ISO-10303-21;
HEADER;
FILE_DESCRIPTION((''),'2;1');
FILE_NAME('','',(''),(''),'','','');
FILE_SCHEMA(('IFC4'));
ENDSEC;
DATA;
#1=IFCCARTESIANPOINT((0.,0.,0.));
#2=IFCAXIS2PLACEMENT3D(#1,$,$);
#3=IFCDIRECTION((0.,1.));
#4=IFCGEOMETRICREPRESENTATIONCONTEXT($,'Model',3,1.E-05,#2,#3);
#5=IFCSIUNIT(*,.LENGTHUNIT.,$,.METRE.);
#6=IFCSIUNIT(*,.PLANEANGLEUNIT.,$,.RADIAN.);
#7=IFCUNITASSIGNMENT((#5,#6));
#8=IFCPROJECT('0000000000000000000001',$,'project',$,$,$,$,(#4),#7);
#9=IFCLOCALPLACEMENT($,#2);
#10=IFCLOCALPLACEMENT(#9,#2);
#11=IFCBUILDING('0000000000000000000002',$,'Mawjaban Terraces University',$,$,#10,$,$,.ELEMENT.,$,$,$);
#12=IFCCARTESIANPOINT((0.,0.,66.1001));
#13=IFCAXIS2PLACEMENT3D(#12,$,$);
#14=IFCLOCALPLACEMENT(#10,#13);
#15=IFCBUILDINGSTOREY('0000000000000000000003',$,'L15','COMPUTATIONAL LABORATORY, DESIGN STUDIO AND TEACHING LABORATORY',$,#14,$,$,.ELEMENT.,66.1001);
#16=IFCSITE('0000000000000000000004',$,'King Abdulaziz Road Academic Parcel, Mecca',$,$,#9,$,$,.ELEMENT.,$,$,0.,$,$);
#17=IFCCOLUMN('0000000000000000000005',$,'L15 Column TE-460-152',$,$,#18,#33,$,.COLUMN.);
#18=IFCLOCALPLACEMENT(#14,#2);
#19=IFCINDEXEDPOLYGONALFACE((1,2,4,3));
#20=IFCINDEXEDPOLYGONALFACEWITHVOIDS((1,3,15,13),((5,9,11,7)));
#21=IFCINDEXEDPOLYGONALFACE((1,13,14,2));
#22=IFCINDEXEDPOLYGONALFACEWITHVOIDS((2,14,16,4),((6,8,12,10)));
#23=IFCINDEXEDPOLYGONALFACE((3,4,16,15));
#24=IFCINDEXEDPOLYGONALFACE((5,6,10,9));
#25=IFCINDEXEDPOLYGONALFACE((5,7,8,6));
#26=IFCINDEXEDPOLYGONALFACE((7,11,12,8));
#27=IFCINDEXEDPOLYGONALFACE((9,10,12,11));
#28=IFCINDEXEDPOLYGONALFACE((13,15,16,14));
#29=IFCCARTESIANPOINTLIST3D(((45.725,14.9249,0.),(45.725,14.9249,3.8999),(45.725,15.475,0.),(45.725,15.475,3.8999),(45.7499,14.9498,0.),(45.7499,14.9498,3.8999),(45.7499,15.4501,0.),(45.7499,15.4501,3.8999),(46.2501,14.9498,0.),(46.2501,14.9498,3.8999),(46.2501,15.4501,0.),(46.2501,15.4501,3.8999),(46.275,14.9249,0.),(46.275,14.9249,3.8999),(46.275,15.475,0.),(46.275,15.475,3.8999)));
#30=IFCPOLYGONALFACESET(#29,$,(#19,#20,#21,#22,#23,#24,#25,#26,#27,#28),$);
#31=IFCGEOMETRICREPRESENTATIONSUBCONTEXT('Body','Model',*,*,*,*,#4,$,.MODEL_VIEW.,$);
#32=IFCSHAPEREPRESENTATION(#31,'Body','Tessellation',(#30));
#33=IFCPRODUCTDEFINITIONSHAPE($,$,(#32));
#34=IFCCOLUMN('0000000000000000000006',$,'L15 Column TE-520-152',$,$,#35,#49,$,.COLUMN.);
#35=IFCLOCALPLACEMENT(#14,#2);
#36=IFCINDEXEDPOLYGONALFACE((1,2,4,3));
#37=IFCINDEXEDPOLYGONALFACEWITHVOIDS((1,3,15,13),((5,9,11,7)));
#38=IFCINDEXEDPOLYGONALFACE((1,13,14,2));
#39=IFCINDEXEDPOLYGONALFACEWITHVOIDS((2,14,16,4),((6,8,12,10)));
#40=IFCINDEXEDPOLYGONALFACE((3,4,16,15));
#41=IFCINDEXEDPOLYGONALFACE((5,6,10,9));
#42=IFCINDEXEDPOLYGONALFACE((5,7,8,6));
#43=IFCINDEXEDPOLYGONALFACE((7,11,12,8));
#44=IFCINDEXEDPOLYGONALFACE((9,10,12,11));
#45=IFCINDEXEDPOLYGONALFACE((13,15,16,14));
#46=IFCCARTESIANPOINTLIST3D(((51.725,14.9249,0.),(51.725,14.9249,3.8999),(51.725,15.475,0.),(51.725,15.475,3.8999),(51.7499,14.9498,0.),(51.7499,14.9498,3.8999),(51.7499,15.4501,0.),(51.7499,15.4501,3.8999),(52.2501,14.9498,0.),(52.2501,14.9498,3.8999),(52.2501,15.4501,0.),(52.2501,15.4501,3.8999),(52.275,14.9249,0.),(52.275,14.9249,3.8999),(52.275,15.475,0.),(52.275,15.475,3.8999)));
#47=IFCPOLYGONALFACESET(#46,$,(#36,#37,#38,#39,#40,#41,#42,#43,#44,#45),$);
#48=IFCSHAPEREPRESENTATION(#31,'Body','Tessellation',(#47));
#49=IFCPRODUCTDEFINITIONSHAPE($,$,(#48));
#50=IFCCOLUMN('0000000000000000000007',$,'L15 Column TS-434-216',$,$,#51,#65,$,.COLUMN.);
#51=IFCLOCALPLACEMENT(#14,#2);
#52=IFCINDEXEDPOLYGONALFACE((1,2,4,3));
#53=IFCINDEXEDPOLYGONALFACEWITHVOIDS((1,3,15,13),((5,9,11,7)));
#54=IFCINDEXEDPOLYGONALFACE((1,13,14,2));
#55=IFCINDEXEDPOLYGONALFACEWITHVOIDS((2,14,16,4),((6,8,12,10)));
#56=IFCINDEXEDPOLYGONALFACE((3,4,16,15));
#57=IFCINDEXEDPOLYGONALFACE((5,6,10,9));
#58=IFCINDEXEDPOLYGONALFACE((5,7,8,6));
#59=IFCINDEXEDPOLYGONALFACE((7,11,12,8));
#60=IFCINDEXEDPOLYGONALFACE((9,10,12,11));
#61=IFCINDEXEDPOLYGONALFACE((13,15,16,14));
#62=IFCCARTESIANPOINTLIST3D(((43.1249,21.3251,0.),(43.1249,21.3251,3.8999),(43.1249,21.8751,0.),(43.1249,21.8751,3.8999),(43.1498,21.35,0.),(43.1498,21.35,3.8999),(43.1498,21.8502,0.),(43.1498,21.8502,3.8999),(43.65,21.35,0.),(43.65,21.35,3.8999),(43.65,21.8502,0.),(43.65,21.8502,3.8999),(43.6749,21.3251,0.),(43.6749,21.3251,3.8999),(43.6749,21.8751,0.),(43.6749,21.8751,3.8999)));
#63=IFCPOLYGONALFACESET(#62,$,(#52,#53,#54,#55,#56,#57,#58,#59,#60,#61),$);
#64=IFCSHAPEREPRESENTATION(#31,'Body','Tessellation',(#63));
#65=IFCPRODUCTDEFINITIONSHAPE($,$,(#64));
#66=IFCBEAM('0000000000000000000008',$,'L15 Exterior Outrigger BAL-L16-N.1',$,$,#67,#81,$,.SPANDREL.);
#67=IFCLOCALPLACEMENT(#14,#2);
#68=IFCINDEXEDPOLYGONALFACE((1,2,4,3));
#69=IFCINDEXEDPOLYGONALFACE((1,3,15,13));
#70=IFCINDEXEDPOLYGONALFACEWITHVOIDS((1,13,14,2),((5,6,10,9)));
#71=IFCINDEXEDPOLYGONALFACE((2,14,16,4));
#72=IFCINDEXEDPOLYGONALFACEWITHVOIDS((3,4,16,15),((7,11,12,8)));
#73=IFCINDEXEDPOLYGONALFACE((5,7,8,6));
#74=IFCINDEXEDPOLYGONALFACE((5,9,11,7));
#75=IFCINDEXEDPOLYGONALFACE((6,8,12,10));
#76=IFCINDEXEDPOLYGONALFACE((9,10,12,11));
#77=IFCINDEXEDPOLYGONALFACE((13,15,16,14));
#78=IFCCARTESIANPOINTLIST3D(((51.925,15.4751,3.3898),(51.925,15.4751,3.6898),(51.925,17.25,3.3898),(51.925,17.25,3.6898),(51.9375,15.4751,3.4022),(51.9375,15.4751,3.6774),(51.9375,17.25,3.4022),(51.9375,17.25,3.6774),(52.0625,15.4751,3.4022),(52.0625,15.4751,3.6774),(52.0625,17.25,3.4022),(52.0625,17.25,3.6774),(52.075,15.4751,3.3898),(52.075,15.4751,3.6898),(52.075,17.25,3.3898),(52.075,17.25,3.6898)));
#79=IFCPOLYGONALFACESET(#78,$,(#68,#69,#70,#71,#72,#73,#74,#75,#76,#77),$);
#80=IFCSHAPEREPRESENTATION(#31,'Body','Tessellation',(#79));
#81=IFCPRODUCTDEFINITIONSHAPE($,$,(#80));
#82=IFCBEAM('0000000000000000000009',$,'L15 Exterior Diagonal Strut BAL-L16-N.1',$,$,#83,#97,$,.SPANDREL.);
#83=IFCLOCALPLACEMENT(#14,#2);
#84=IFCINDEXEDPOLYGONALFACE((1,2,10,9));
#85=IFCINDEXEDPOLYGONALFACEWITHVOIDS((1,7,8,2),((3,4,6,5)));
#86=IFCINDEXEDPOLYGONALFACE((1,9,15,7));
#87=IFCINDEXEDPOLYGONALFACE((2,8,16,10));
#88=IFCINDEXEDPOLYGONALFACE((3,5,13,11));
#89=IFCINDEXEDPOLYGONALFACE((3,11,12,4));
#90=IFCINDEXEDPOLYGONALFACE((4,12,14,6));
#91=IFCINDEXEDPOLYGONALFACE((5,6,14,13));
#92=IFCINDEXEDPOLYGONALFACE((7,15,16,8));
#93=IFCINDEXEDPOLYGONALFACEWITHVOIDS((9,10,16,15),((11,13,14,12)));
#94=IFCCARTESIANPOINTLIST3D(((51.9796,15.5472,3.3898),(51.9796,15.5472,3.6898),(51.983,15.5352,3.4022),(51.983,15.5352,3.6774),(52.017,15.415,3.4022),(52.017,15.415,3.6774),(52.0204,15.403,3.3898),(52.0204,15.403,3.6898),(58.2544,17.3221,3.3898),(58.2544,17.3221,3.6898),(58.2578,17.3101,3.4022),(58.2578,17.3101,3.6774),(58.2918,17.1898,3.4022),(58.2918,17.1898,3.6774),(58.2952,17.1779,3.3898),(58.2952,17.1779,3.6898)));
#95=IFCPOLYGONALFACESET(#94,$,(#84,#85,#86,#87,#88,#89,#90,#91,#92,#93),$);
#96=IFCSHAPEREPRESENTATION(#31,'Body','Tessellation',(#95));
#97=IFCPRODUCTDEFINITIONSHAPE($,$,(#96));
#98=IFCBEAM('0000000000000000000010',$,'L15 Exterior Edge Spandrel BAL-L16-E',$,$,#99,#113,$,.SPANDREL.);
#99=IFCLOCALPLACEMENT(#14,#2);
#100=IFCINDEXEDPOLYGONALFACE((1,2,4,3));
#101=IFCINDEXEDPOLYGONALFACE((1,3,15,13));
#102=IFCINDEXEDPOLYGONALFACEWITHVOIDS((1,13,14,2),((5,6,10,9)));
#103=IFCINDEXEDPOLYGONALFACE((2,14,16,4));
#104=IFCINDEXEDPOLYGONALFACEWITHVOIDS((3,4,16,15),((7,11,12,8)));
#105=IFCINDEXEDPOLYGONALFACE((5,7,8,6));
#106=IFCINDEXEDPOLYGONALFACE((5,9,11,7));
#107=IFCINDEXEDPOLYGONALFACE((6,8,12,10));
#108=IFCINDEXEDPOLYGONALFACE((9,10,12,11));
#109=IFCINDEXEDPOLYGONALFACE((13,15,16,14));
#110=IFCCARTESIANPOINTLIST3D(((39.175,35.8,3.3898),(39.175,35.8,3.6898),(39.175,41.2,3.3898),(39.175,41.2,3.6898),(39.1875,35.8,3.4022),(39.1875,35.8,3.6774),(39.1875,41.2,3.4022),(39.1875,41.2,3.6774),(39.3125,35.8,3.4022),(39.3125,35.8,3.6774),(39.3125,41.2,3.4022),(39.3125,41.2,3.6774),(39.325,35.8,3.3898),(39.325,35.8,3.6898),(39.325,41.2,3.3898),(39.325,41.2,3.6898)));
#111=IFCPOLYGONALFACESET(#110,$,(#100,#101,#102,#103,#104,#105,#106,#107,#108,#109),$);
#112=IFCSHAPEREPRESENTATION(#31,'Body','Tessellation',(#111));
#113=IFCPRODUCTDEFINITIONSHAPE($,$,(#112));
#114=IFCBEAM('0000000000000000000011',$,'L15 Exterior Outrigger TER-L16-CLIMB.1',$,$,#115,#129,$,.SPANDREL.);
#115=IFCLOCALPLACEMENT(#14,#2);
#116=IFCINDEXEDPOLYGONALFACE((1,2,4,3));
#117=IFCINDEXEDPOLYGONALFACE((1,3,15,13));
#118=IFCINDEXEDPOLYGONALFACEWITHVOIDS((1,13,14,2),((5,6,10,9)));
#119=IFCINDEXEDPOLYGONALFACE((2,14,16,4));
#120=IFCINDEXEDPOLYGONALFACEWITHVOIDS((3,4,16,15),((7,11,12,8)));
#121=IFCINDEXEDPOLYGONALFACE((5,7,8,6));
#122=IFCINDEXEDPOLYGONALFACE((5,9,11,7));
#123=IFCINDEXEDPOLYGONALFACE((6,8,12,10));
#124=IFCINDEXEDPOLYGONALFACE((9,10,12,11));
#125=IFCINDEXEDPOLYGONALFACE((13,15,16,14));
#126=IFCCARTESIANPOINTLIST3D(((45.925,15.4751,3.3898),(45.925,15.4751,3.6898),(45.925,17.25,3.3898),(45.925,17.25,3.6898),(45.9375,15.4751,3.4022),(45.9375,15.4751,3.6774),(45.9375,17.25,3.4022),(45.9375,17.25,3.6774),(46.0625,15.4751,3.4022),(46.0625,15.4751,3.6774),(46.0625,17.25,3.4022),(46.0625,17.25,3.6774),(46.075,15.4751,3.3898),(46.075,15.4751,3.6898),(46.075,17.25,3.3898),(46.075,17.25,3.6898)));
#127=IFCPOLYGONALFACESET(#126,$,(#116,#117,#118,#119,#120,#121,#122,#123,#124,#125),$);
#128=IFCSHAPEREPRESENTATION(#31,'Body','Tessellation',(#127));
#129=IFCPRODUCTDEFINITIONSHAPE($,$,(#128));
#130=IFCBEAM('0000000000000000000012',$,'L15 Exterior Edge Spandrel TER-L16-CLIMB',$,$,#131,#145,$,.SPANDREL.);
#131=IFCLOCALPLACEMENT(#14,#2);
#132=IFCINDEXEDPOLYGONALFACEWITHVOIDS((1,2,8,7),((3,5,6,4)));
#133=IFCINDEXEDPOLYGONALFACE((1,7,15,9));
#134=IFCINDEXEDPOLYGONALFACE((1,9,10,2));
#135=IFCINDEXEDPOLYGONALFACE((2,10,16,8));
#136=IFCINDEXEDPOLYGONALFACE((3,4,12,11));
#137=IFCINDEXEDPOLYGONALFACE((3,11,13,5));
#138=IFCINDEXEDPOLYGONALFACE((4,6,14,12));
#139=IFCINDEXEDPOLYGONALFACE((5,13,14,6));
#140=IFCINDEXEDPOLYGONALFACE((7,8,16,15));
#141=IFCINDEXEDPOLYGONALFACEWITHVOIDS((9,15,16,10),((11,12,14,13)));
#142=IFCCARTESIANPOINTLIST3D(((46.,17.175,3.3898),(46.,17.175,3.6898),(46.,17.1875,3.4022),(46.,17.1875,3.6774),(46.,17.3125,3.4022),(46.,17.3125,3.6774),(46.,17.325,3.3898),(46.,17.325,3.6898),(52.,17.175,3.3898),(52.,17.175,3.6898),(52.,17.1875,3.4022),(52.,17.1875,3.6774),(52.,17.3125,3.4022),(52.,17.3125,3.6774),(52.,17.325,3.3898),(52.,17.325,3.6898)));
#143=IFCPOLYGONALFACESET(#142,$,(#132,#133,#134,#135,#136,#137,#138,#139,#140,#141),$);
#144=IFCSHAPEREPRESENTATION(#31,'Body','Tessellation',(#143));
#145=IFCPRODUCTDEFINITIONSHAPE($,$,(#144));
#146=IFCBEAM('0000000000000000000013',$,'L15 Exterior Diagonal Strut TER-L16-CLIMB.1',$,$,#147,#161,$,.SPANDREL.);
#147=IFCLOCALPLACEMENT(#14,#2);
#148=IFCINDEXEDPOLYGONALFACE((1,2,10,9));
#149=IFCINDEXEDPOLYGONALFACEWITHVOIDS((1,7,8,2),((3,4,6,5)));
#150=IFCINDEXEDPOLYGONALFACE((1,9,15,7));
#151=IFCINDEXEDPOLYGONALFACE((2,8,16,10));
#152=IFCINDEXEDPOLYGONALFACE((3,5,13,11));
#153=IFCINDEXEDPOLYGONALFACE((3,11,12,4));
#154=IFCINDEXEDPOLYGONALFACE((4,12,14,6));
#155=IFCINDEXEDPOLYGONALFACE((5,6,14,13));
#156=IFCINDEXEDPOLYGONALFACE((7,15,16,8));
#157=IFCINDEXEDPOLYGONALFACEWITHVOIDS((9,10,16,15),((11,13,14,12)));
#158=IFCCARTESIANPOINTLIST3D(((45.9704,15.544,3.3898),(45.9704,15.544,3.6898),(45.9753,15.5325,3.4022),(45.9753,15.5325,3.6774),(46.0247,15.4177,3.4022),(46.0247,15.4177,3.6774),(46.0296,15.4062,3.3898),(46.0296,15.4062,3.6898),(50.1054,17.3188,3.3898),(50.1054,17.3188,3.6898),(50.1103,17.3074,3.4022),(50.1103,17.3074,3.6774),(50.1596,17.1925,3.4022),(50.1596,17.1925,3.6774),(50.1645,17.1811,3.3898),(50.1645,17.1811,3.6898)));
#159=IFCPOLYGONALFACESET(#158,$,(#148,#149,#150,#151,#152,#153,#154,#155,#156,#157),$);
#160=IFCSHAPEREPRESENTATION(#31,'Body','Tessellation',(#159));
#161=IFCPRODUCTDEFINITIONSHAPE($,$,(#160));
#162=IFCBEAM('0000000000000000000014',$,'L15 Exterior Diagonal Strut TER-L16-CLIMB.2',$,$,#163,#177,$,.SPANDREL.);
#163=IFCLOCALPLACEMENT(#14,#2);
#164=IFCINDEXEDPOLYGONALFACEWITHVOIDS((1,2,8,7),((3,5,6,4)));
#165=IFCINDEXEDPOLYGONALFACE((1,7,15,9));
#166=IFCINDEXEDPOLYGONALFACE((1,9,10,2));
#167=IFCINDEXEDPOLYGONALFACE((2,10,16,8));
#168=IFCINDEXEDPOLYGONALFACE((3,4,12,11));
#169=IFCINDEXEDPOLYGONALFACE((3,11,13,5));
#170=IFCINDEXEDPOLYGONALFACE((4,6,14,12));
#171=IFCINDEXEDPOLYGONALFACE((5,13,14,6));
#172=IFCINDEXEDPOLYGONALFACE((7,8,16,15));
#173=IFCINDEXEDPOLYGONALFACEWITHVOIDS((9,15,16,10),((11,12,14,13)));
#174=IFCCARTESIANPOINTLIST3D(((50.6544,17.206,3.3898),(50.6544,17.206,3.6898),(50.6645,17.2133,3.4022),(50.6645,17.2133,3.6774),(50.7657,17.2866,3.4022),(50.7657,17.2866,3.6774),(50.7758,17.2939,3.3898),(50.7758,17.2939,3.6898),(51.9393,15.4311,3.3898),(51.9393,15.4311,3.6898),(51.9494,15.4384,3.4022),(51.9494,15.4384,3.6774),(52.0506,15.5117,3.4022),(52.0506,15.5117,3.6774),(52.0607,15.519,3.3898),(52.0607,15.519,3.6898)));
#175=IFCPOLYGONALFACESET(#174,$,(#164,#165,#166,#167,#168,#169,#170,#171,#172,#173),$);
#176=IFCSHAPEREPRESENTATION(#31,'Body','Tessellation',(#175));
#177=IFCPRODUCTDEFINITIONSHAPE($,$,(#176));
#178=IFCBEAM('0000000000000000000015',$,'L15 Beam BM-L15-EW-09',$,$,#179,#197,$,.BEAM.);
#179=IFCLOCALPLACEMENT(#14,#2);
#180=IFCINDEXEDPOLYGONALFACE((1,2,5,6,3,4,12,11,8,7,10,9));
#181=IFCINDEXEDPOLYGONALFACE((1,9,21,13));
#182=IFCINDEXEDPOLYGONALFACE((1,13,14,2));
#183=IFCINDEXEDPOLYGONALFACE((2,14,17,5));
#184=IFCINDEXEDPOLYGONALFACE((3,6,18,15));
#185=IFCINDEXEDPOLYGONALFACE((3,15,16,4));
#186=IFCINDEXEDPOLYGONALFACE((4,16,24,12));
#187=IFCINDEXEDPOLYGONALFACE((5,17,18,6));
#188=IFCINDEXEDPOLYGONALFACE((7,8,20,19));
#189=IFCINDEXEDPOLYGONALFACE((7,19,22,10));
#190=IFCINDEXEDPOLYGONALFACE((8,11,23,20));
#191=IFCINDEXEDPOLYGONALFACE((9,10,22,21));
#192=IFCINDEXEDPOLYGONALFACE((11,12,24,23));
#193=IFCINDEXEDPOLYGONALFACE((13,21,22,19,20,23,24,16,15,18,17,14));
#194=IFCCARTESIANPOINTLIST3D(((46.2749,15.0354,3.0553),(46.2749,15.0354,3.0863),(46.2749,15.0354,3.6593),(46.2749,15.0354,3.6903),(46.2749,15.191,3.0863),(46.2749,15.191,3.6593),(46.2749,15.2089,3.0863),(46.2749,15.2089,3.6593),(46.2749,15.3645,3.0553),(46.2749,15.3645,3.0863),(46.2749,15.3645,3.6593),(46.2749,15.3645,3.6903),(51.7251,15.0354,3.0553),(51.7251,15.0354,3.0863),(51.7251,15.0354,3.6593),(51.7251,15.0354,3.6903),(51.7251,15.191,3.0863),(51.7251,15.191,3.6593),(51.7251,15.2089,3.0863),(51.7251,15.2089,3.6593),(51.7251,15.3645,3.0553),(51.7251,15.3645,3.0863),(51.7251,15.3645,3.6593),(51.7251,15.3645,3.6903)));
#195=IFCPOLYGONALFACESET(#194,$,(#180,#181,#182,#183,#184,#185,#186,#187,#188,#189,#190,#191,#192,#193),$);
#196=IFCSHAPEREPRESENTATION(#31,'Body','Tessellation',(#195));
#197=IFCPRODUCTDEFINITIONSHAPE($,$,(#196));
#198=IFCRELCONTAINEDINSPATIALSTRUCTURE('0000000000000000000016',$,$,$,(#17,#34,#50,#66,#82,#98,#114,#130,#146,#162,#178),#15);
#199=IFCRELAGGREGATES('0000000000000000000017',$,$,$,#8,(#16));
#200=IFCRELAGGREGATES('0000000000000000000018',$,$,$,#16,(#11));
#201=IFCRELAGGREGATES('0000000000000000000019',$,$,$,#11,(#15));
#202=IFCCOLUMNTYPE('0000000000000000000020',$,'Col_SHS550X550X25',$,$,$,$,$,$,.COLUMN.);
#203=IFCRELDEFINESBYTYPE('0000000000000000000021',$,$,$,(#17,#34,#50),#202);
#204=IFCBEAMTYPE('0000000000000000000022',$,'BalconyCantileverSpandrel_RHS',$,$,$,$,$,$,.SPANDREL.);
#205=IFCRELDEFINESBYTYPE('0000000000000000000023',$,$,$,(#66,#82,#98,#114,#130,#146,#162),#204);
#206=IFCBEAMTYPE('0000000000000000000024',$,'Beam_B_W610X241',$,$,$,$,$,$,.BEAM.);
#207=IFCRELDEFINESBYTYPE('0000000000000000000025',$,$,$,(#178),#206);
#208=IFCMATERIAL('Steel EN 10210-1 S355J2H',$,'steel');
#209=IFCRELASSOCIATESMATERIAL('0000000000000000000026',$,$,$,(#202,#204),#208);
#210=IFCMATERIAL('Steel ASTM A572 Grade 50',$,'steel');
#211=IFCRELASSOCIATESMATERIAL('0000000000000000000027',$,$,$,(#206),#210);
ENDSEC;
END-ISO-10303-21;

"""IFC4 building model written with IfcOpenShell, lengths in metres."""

from ifc_helpers import new_model, si_unit, direction, frame, origin, origin_2d, place, context, subcontext, project, spatial, hollow_rectangle, i_section, extrude, material, material_profile, profile_set, type_object, element, save


model = new_model("IFC4")

# Units and contexts
model_context = context("Model", 3, precision=1e-05, world=origin(), true_north=direction((0.0, 1.0)))
body_context = subcontext(model_context, "Body", "Model", "MODEL_VIEW")
ifc_project = project(units=[si_unit("LENGTHUNIT", "METRE"), si_unit("PLANEANGLEUNIT", "RADIAN")], contexts=[model_context])

# Site, building, storey
site_placement = place(None, origin())
site = spatial("IfcSite", under=ifc_project, at=site_placement, Name="King Abdulaziz Road Academic Parcel, Mecca", CompositionType="ELEMENT", RefElevation=0.0)
building_placement = place(site_placement, origin())
building = spatial("IfcBuilding", under=site, at=building_placement, Name="Mawjaban Terraces University", CompositionType="ELEMENT")
storey_placement = place(building_placement, frame((0.0, 0.0, 66.1001)))
storey = spatial("IfcBuildingStorey", under=building, at=storey_placement, Name="L15", Description="COMPUTATIONAL LABORATORY, DESIGN STUDIO AND TEACHING LABORATORY", CompositionType="ELEMENT", Elevation=66.1001)

# Columns
ifc_material_1 = material(Name="Steel EN 10210-1 S355J2H", Category="steel")
ifc_material_profile_1 = material_profile(ifc_material_1, hollow_rectangle(XDim=0.55, YDim=0.55, WallThickness=0.0249, at=origin_2d()), Name="SHS550X550X25")
ifc_profile_set_1 = profile_set([ifc_material_profile_1], Name="Steel EN 10210-1 S355J2H")
column_type = type_object("IfcColumnType", Name="Col_SHS550X550X25", PredefinedType="COLUMN", material=ifc_profile_set_1)
for number, where, z_axis, x_axis, name in (
    (1, (46.0, 15.2, 0.0), (0.0, 0.0, 1.0), (1.0, 0.0, 0.0), "L15 Column TE-460-152"),
    (2, (52.0, 15.2, 0.0), (0.0, 0.0, 1.0), (1.0, 0.0, 0.0), "L15 Column TE-520-152"),
    (3, (43.3999, 21.6001, 0.0), (0.0, 0.0, 1.0), (1.0, 0.0, 0.0), "L15 Column TS-434-216"),
):
    element("IfcColumn", number, at=place(storey_placement, frame(where, z_axis=z_axis, x_axis=x_axis)), inside=storey, type_object=column_type, Name=name, PredefinedType="COLUMN", context=body_context, shape_type="SweptSolid", body=[
        extrude(hollow_rectangle(XDim=0.55, YDim=0.55, WallThickness=0.0249, at=origin_2d()), origin(), (0.0, 0.0, 1.0), 3.8999),
    ])

# Beams
ifc_material_profile_2 = material_profile(ifc_material_1, hollow_rectangle(XDim=0.1499, YDim=0.3, WallThickness=0.0125, at=origin_2d()), Name="RHS300X150X12.5")
ifc_profile_set_2 = profile_set([ifc_material_profile_2], Name="Steel EN 10210-1 S355J2H")
beam_type_1 = type_object("IfcBeamType", Name="BalconyCantileverSpandrel_RHS", PredefinedType="SPANDREL", material=ifc_profile_set_2)
beam_1_placement = place(storey_placement, frame((52.0, 15.4751, 3.5398), z_axis=(0.0, 1.0, 0.0), x_axis=(-1.0, 0.0, 0.0)))
element("IfcBeam", 4, at=beam_1_placement, inside=storey, type_object=beam_type_1, Name="L15 Exterior Outrigger BAL-L16-N.1", PredefinedType="SPANDREL", context=body_context, shape_type="SweptSolid", body=[
    extrude(hollow_rectangle(XDim=0.1499, YDim=0.3, WallThickness=0.0125, at=origin_2d()), origin(), (0.0, 0.0, 1.0), 1.7749),
])
beam_2_placement = place(storey_placement, frame((52.0, 15.4751, 3.5398), z_axis=(0.962247, 0.272179, 0.0), x_axis=(-0.272179, 0.962247, 0.0)))
element("IfcBeam", 5, at=beam_2_placement, inside=storey, type_object=beam_type_1, Name="L15 Exterior Diagonal Strut BAL-L16-N.1", PredefinedType="SPANDREL", context=body_context, shape_type="SweptSolid", body=[
    extrude(hollow_rectangle(XDim=0.1499, YDim=0.3, WallThickness=0.0125, at=origin_2d()), origin(), (0.0, 0.0, 1.0), 6.521),
])
beam_3_placement = place(storey_placement, frame((39.25, 35.8, 3.5398), z_axis=(0.0, 1.0, 0.0), x_axis=(-1.0, 0.0, 0.0)))
element("IfcBeam", 6, at=beam_3_placement, inside=storey, type_object=beam_type_1, Name="L15 Exterior Edge Spandrel BAL-L16-E", PredefinedType="SPANDREL", context=body_context, shape_type="SweptSolid", body=[
    extrude(hollow_rectangle(XDim=0.1499, YDim=0.3, WallThickness=0.0125, at=origin_2d()), origin(), (0.0, 0.0, 1.0), 5.3999),
])
beam_4_placement = place(storey_placement, frame((46.0, 15.4751, 3.5398), z_axis=(0.0, 1.0, 0.0), x_axis=(-1.0, 0.0, 0.0)))
element("IfcBeam", 7, at=beam_4_placement, inside=storey, type_object=beam_type_1, Name="L15 Exterior Outrigger TER-L16-CLIMB.1", PredefinedType="SPANDREL", context=body_context, shape_type="SweptSolid", body=[
    extrude(hollow_rectangle(XDim=0.1499, YDim=0.3, WallThickness=0.0125, at=origin_2d()), origin(), (0.0, 0.0, 1.0), 1.7749),
])
beam_5_placement = place(storey_placement, frame((46.0, 17.25, 3.5398), z_axis=(1.0, 0.0, 0.0), x_axis=(0.0, 1.0, 0.0)))
element("IfcBeam", 8, at=beam_5_placement, inside=storey, type_object=beam_type_1, Name="L15 Exterior Edge Spandrel TER-L16-CLIMB", PredefinedType="SPANDREL", context=body_context, shape_type="SweptSolid", body=[
    extrude(hollow_rectangle(XDim=0.1499, YDim=0.3, WallThickness=0.0125, at=origin_2d()), origin(), (0.0, 0.0, 1.0), 6.0),
])
beam_6_placement = place(storey_placement, frame((46.0, 15.4751, 3.5398), z_axis=(0.918923, 0.394437, 0.0), x_axis=(-0.394437, 0.918923, 0.0)))
element("IfcBeam", 9, at=beam_6_placement, inside=storey, type_object=beam_type_1, Name="L15 Exterior Diagonal Strut TER-L16-CLIMB.1", PredefinedType="SPANDREL", context=body_context, shape_type="SweptSolid", body=[
    extrude(hollow_rectangle(XDim=0.1499, YDim=0.3, WallThickness=0.0125, at=origin_2d()), origin(), (0.0, 0.0, 1.0), 4.4998),
])
beam_7_placement = place(storey_placement, frame((52.0, 15.4751, 3.5398), z_axis=(-0.586401, 0.810021, 0.0), x_axis=(-0.810021, -0.586401, 0.0)))
element("IfcBeam", 10, at=beam_7_placement, inside=storey, type_object=beam_type_1, Name="L15 Exterior Diagonal Strut TER-L16-CLIMB.2", PredefinedType="SPANDREL", context=body_context, shape_type="SweptSolid", body=[
    extrude(hollow_rectangle(XDim=0.1499, YDim=0.3, WallThickness=0.0125, at=origin_2d()), origin(), (0.0, 0.0, 1.0), 2.1912),
])
ifc_material_2 = material(Name="Steel ASTM A572 Grade 50", Category="steel")
ifc_material_profile_3 = material_profile(ifc_material_2, i_section(OverallWidth=0.3291, OverallDepth=0.635, WebThickness=0.0178, FlangeThickness=0.031, at=origin_2d()), Name="W610X241")
ifc_profile_set_3 = profile_set([ifc_material_profile_3], Name="Steel ASTM A572 Grade 50")
beam_type_2 = type_object("IfcBeamType", Name="Beam_B_W610X241", PredefinedType="BEAM", material=ifc_profile_set_3)
beam_8_placement = place(storey_placement, frame((46.2749, 15.2, 3.3728), z_axis=(1.0, 0.0, 0.0), x_axis=(0.0, 1.0, 0.0)))
element("IfcBeam", 11, at=beam_8_placement, inside=storey, type_object=beam_type_2, Name="L15 Beam BM-L15-EW-09", PredefinedType="BEAM", context=body_context, shape_type="SweptSolid", body=[
    extrude(i_section(OverallWidth=0.3291, OverallDepth=0.635, WebThickness=0.0178, FlangeThickness=0.031, at=origin_2d()), origin(), (0.0, 0.0, 1.0), 5.4502),
])

save(model, "model.ifc")
